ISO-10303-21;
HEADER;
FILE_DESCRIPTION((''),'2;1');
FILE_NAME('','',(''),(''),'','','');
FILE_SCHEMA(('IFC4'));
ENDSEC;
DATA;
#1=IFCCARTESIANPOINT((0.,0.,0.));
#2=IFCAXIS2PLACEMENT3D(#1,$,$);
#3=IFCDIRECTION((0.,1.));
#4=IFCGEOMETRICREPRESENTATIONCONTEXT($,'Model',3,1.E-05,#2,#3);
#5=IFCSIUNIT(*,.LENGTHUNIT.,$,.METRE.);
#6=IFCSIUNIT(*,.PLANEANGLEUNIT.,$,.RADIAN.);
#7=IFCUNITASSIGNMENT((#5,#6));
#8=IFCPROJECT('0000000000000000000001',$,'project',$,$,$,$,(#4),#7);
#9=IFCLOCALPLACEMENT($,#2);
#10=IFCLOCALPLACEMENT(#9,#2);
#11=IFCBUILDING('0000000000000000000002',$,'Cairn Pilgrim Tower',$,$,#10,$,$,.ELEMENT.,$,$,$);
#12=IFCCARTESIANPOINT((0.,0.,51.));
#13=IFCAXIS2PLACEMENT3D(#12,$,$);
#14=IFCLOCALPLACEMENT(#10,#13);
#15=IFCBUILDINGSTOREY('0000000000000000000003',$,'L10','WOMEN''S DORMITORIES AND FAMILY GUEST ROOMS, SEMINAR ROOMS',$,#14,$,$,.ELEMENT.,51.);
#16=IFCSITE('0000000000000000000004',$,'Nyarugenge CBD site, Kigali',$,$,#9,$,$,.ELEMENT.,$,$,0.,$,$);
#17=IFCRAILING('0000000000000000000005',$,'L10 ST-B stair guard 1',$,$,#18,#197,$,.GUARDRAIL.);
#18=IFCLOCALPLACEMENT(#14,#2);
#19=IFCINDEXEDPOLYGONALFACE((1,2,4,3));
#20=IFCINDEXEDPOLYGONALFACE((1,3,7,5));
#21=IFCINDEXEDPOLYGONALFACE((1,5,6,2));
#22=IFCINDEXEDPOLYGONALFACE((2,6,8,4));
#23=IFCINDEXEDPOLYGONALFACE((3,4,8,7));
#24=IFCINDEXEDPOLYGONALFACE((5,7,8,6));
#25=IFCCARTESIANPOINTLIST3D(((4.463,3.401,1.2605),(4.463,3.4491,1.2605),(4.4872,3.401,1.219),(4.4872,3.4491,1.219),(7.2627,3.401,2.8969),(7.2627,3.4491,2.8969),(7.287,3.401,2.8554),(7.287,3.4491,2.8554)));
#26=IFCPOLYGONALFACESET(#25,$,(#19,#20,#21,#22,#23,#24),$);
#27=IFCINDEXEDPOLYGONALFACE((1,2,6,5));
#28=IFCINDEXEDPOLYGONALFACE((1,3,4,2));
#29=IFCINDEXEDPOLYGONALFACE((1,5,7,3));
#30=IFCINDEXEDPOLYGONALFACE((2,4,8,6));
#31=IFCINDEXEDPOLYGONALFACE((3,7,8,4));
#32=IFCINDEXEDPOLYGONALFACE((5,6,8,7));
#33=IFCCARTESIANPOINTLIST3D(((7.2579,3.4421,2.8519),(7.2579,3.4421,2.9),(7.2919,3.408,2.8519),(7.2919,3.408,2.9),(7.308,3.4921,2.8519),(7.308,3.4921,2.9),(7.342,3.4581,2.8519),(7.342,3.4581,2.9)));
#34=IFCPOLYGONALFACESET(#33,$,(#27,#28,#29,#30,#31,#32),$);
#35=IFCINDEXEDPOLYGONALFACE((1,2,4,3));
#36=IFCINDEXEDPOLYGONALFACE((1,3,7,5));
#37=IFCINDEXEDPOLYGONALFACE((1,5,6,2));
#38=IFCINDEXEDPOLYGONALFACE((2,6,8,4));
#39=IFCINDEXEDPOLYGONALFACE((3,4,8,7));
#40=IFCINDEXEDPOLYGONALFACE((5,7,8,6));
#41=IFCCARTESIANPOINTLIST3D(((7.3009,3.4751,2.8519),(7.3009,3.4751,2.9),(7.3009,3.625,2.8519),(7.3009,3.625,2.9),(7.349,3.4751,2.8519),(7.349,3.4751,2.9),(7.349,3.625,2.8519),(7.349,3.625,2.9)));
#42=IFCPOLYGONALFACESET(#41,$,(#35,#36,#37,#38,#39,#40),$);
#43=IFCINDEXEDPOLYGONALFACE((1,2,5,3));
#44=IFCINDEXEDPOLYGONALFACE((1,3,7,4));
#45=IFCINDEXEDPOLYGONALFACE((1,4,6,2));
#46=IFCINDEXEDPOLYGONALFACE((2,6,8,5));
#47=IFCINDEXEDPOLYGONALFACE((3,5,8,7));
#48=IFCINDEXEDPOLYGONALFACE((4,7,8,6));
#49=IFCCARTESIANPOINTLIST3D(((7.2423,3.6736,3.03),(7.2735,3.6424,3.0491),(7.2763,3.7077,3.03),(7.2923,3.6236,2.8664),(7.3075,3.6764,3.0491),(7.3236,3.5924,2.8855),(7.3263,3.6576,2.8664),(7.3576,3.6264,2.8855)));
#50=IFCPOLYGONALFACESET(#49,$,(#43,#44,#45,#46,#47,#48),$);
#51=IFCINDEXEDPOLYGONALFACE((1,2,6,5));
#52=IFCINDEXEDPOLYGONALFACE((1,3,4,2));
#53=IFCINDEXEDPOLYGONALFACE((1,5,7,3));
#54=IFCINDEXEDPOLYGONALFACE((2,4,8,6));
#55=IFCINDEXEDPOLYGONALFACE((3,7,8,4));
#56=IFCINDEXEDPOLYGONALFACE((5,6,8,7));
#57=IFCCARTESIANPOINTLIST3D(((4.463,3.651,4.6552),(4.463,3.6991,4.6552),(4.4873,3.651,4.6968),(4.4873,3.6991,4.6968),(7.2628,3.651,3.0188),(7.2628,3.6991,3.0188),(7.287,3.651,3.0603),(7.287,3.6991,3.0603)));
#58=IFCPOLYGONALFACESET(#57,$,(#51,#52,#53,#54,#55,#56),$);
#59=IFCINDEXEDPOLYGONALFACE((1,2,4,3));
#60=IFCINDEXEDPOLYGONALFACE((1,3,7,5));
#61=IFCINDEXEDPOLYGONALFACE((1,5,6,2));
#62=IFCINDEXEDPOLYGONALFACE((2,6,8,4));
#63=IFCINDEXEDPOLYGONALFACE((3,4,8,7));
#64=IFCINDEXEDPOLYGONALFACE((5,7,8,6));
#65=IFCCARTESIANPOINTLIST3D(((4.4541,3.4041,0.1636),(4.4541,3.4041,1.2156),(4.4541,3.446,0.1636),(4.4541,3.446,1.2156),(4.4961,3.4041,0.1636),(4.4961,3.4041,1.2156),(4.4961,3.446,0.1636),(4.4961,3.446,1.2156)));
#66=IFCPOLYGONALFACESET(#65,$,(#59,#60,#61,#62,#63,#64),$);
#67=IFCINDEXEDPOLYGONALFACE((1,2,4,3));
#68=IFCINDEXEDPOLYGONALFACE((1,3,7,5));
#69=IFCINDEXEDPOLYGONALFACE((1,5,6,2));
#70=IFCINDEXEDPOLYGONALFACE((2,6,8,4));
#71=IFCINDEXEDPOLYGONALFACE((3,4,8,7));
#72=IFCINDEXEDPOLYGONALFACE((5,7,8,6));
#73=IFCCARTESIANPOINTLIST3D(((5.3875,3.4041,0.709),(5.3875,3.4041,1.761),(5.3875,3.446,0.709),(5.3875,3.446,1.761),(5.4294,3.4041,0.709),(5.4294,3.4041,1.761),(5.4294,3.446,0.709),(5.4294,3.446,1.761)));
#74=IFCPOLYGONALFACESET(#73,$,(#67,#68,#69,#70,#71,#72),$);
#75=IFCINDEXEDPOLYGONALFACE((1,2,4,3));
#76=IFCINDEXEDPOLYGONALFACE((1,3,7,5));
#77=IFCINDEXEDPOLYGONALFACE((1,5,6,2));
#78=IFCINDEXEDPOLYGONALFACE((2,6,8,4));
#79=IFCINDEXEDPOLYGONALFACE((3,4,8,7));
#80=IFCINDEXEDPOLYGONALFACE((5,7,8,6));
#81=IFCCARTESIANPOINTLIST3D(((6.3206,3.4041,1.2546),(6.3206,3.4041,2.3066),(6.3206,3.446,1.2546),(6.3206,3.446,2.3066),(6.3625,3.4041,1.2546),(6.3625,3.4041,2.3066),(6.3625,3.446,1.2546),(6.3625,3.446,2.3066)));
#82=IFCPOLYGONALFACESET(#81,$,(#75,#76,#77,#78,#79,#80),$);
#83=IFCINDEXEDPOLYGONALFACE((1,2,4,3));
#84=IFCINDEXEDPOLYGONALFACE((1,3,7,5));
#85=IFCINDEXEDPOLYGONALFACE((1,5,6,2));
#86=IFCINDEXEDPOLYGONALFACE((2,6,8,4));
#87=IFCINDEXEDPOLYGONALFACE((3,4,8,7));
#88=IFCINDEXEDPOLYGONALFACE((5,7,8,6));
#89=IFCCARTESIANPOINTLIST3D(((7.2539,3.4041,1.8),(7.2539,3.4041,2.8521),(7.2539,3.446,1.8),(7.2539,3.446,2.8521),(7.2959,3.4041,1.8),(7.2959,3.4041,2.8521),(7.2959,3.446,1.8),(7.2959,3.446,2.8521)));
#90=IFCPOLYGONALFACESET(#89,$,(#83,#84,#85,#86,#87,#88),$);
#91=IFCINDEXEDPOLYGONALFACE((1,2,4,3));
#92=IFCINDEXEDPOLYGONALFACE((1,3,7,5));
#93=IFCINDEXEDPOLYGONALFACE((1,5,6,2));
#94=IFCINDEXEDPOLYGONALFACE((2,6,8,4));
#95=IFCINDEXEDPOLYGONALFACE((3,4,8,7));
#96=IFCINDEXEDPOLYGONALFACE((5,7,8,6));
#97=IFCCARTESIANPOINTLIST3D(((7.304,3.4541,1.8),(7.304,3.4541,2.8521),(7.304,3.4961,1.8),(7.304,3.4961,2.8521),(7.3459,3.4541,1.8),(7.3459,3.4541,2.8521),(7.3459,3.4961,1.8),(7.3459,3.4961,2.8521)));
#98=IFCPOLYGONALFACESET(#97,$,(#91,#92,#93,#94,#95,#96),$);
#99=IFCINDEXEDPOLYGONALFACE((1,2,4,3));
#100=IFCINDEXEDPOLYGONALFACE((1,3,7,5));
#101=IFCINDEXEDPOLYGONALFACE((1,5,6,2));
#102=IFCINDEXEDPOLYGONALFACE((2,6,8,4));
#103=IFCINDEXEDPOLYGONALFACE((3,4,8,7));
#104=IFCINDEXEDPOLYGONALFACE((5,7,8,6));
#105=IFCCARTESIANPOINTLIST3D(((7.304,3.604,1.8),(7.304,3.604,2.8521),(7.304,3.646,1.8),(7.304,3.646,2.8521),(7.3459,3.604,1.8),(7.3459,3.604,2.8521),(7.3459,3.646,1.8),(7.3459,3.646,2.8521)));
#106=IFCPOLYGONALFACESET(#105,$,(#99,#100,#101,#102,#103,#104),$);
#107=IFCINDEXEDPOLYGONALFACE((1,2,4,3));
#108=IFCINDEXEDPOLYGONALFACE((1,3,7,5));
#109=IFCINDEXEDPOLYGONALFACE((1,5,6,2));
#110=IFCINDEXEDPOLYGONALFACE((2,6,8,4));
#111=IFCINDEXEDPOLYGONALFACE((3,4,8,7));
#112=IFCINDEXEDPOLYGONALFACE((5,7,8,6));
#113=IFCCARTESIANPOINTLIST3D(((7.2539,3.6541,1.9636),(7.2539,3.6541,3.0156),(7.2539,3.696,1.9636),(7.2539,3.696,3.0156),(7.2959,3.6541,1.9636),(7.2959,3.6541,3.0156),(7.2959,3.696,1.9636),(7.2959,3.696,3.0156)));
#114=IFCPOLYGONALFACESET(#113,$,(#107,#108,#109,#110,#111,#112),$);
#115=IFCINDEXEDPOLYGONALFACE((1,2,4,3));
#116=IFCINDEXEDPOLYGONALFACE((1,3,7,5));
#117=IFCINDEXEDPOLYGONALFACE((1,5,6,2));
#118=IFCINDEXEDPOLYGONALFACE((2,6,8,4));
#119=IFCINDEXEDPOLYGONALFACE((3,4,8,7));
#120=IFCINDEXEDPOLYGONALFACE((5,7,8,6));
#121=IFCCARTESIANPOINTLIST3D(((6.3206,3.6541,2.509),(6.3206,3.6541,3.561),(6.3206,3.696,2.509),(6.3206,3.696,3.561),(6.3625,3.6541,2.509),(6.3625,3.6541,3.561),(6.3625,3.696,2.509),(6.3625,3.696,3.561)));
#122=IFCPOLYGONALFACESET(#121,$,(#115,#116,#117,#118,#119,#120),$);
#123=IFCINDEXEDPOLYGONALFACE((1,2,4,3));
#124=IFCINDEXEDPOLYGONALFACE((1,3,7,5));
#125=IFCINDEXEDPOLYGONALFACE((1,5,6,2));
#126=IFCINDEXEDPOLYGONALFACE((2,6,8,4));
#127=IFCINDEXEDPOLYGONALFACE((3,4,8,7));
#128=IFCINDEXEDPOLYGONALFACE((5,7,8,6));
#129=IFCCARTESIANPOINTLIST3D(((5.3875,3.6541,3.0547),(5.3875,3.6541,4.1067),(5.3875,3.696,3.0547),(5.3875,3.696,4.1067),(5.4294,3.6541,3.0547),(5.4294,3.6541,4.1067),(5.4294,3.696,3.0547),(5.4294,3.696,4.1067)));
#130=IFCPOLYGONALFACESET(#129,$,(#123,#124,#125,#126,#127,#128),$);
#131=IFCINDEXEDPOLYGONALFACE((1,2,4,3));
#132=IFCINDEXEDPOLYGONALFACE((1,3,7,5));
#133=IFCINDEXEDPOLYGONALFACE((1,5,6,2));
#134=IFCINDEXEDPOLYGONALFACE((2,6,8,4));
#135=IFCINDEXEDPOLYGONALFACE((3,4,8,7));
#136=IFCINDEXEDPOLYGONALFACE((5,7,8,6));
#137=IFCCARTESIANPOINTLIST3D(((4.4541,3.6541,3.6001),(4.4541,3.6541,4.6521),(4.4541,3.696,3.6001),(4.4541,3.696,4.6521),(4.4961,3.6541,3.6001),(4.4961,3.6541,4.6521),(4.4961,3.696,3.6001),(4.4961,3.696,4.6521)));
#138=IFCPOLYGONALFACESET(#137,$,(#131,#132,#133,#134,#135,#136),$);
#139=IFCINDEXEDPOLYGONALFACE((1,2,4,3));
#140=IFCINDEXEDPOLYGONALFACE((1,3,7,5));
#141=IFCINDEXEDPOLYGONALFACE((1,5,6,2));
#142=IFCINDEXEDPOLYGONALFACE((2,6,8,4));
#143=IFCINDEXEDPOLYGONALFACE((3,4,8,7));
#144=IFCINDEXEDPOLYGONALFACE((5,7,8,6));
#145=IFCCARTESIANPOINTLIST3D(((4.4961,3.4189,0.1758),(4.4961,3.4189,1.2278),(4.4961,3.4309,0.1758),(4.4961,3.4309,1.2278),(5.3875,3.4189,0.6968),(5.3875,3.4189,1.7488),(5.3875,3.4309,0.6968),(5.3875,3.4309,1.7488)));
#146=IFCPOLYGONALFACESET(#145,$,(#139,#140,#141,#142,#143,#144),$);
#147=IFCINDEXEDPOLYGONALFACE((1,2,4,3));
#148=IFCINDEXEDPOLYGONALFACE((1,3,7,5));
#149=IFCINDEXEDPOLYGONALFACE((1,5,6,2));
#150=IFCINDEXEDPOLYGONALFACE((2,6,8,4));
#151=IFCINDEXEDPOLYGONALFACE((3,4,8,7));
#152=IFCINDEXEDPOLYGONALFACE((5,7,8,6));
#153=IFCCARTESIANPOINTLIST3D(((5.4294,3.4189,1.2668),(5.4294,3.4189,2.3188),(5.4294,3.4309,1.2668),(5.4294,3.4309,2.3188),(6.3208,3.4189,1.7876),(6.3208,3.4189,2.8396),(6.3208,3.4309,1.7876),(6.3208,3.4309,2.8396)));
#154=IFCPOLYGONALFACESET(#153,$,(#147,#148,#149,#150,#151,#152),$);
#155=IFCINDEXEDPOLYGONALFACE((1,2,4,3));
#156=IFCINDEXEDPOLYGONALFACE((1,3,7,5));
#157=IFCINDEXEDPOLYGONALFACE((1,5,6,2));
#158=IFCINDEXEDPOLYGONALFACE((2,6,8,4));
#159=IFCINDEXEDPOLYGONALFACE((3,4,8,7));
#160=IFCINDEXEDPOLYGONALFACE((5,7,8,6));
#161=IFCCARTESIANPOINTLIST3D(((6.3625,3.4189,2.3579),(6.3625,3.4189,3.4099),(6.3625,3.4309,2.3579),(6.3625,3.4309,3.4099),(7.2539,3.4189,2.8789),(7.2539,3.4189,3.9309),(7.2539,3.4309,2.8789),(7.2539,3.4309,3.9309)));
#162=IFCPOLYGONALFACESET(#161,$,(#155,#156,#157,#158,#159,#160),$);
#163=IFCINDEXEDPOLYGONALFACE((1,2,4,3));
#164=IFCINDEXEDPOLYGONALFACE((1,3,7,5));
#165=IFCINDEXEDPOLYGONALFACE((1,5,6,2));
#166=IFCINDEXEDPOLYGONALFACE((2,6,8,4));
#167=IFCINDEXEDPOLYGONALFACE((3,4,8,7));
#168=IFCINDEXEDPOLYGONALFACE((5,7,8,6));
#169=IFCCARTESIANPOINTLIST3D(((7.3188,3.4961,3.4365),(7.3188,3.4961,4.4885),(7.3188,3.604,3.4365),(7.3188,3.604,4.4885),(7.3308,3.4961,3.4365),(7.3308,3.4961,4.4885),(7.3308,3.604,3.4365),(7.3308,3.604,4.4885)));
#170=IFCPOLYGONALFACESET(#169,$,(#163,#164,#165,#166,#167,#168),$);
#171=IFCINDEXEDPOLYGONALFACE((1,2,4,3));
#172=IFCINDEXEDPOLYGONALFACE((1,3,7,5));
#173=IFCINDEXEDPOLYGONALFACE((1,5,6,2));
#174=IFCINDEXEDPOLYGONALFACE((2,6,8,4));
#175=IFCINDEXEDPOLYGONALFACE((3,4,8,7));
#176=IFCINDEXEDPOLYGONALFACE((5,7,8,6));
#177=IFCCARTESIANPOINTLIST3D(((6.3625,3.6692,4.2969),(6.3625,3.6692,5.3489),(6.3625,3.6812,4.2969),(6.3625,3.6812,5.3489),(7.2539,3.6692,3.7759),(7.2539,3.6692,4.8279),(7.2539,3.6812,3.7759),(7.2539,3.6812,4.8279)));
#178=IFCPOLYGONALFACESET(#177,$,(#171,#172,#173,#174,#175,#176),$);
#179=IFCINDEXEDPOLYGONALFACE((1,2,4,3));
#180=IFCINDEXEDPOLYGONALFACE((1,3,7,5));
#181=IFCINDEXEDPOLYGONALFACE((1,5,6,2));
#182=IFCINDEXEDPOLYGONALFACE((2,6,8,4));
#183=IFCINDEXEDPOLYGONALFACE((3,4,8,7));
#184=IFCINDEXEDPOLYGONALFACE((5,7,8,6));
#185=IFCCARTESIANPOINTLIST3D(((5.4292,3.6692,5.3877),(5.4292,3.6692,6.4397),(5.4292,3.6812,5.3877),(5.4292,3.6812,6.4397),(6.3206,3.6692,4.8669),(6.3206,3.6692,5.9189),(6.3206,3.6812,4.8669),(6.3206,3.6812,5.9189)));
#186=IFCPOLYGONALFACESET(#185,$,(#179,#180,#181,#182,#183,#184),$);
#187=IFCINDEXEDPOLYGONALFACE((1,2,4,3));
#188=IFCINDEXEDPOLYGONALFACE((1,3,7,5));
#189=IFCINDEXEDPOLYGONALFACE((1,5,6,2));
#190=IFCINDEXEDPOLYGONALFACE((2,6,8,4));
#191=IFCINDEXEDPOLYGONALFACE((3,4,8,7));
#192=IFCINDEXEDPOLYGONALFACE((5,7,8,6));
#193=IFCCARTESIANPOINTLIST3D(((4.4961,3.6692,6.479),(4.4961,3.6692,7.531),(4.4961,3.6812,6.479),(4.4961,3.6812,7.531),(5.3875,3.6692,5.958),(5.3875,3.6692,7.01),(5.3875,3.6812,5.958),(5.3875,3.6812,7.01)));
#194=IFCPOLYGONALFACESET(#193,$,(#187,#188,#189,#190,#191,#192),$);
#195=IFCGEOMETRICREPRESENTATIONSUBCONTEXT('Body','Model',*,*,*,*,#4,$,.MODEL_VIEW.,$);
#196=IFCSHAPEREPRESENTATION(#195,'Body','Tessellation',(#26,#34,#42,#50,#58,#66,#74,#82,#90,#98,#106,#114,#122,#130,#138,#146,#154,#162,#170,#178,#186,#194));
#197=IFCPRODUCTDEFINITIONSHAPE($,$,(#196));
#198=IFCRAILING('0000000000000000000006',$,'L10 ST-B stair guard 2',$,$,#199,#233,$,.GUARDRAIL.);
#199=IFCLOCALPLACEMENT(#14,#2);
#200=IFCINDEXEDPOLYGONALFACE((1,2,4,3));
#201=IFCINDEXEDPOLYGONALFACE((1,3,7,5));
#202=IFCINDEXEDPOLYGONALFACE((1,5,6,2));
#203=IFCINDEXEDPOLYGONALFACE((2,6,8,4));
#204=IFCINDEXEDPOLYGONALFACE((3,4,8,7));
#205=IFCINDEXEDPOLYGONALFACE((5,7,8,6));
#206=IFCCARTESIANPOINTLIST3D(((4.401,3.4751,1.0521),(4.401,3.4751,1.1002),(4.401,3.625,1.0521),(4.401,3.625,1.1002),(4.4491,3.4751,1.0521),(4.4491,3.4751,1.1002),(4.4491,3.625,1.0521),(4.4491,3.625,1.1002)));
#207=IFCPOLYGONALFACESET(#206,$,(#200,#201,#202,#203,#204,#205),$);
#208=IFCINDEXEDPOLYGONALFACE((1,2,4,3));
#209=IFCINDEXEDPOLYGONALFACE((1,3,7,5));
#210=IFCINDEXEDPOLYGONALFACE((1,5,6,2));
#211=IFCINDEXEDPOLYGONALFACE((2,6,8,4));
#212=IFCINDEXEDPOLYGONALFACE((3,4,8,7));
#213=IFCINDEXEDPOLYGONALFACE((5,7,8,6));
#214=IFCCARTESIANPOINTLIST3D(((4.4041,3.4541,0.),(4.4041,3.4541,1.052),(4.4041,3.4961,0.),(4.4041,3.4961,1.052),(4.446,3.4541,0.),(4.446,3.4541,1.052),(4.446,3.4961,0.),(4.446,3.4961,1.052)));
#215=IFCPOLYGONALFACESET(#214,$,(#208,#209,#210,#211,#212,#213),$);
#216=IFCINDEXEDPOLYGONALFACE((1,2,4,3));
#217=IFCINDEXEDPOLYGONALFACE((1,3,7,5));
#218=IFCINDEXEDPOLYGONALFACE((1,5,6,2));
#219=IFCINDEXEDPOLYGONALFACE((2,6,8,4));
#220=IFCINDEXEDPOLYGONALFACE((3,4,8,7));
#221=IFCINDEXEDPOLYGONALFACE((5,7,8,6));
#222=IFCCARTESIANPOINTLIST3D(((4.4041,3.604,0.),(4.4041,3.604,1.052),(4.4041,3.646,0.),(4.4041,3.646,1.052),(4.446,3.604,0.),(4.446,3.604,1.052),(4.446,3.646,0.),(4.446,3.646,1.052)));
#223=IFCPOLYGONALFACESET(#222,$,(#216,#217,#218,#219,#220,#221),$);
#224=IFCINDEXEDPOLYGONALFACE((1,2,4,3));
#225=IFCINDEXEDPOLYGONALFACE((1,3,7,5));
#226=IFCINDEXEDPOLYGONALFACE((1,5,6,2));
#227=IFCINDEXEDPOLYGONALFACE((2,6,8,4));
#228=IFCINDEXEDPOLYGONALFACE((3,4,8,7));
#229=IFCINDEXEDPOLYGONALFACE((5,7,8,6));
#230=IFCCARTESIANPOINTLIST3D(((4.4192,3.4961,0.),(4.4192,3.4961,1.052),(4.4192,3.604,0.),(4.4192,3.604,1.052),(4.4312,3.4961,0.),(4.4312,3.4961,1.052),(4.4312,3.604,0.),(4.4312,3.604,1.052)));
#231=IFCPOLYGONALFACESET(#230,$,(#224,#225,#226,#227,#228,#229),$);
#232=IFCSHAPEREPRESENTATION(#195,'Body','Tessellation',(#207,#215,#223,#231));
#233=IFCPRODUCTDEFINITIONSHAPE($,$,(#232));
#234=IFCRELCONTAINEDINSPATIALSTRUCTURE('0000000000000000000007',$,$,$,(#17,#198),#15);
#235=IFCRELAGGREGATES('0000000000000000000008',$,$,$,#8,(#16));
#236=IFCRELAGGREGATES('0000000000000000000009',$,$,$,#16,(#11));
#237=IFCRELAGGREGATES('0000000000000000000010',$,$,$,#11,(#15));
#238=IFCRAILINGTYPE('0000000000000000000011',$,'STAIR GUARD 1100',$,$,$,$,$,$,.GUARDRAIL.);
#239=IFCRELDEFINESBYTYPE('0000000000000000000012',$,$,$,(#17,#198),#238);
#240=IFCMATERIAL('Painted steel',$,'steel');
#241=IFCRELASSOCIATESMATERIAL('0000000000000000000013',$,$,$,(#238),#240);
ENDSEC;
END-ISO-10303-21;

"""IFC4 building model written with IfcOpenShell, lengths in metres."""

from ifc_helpers import new_model, si_unit, direction, frame, origin, origin_2d, place, context, subcontext, project, spatial, polyline, rectangle, outline, extrude, material, type_object, element, save


model = new_model("IFC4")

# Units and contexts
model_context = context("Model", 3, precision=1e-05, world=origin(), true_north=direction((0.0, 1.0)))
body_context = subcontext(model_context, "Body", "Model", "MODEL_VIEW")
ifc_project = project(units=[si_unit("LENGTHUNIT", "METRE"), si_unit("PLANEANGLEUNIT", "RADIAN")], contexts=[model_context])

# Site, building, storey
site_placement = place(None, origin())
site = spatial("IfcSite", under=ifc_project, at=site_placement, Name="Nyarugenge CBD site, Kigali", CompositionType="ELEMENT", RefElevation=0.0)
building_placement = place(site_placement, origin())
building = spatial("IfcBuilding", under=site, at=building_placement, Name="Cairn Pilgrim Tower", CompositionType="ELEMENT")
storey_placement = place(building_placement, frame((0.0, 0.0, 51.0)))
storey = spatial("IfcBuildingStorey", under=building, at=storey_placement, Name="L10", Description="WOMEN'S DORMITORIES AND FAMILY GUEST ROOMS, SEMINAR ROOMS", CompositionType="ELEMENT", Elevation=51.0)

# Shared definitions
ifc_material_1 = material(Name="Painted steel", Category="steel")

# Railings
railing_type_1 = type_object("IfcRailingType", Name="STAIR GUARD 1100", PredefinedType="GUARDRAIL", material=ifc_material_1)
railing_1_placement = place(storey_placement, frame((4.4751, 3.425, 0.1636)))
element("IfcRailing", 1, at=railing_1_placement, inside=storey, type_object=railing_type_1, Name="L10 ST-B stair guard 1", PredefinedType="GUARDRAIL", context=body_context, shape_type="SweptSolid", body=[
    extrude(rectangle(XDim=0.0481, YDim=0.0481, at=origin_2d()), frame((0.0, 0.0, 1.0762), z_axis=(0.863342, 0.0, 0.50462), x_axis=(0.0, 1.0, 0.0)), (0.0, 0.0, 1.0), 3.2429),
    extrude(rectangle(XDim=0.0481, YDim=0.0481, at=origin_2d()), frame((2.7998, 0.0, 2.7124), z_axis=(0.707107, 0.707107, 0.0), x_axis=(-0.707107, 0.707107, 0.0)), (0.0, 0.0, 1.0), 0.0708),
    extrude(rectangle(XDim=0.0481, YDim=0.0481, at=origin_2d()), frame((2.8499, 0.05, 2.7124), z_axis=(0.0, 1.0, 0.0), x_axis=(-1.0, 0.0, 0.0)), (0.0, 0.0, 1.0), 0.1499),
    extrude(rectangle(XDim=0.0481, YDim=0.0481, at=origin_2d()), frame((2.8499, 0.2, 2.7124), z_axis=(-0.280809, 0.280809, 0.917765), x_axis=(-0.707107, -0.707107, 0.0)), (0.0, 0.0, 1.0), 0.1782),
    extrude(rectangle(XDim=0.0481, YDim=0.0481, at=origin_2d()), frame((2.7998, 0.25, 2.876), z_axis=(-0.863342, 0.0, 0.50462), x_axis=(0.0, -1.0, 0.0)), (0.0, 0.0, 1.0), 3.2429),
    extrude(rectangle(XDim=0.042, YDim=0.042, at=origin_2d()), origin(), (0.0, 0.0, 1.0), 1.052),
    extrude(rectangle(XDim=0.042, YDim=0.042, at=origin_2d()), frame((0.9333, 0.0, 0.5454)), (0.0, 0.0, 1.0), 1.052),
    extrude(rectangle(XDim=0.042, YDim=0.042, at=origin_2d()), frame((1.8665, 0.0, 1.0911)), (0.0, 0.0, 1.0), 1.052),
    extrude(rectangle(XDim=0.042, YDim=0.042, at=origin_2d()), frame((2.7998, 0.0, 1.6365)), (0.0, 0.0, 1.0), 1.052),
    extrude(rectangle(XDim=0.042, YDim=0.042, at=origin_2d()), frame((2.8499, 0.05, 1.6365)), (0.0, 0.0, 1.0), 1.052),
    extrude(rectangle(XDim=0.042, YDim=0.042, at=origin_2d()), frame((2.8499, 0.2, 1.6365)), (0.0, 0.0, 1.0), 1.052),
    extrude(rectangle(XDim=0.042, YDim=0.042, at=origin_2d()), frame((2.7998, 0.25, 1.8)), (0.0, 0.0, 1.0), 1.052),
    extrude(rectangle(XDim=0.042, YDim=0.042, at=origin_2d()), frame((1.8665, 0.25, 2.3455)), (0.0, 0.0, 1.0), 1.052),
    extrude(rectangle(XDim=0.042, YDim=0.042, at=origin_2d()), frame((0.9333, 0.25, 2.8911)), (0.0, 0.0, 1.0), 1.052),
    extrude(rectangle(XDim=0.042, YDim=0.042, at=origin_2d()), frame((0.0, 0.25, 3.4365)), (0.0, 0.0, 1.0), 1.052),
    extrude(outline(polyline([(0.021, 0.0122), (0.9124, 0.5332), (0.9124, 1.5852), (0.021, 1.0642), (0.021, 0.0122)])), frame((0.0, 0.0059, 0.0), z_axis=(0.0, -1.0, 0.0), x_axis=(1.0, 0.0, 0.0)), (0.0, 0.0, 1.0), 0.012),
    extrude(outline(polyline([(0.021, 0.5579), (0.9124, 1.0786), (0.9124, 2.1306), (0.021, 1.6099), (0.021, 0.5579)])), frame((0.9333, 0.0059, 0.5454), z_axis=(0.0, -1.0, 0.0), x_axis=(1.0, 0.0, 0.0)), (0.0, 0.0, 1.0), 0.012),
    extrude(outline(polyline([(0.021, 1.1033), (0.9124, 1.6243), (0.9124, 2.6763), (0.021, 2.1553), (0.021, 1.1033)])), frame((1.8665, 0.0059, 1.0911), z_axis=(0.0, -1.0, 0.0), x_axis=(1.0, 0.0, 0.0)), (0.0, 0.0, 1.0), 0.012),
    extrude(outline(polyline([(0.021, 1.6365), (0.1289, 1.6365), (0.1289, 2.6885), (0.021, 2.6885), (0.021, 1.6365)])), frame((2.8438, 0.05, 1.6365), z_axis=(1.0, 0.0, 0.0), x_axis=(0.0, 1.0, 0.0)), (0.0, 0.0, 1.0), 0.012),
    extrude(outline(polyline([(0.021, 1.8123), (0.9124, 2.3333), (0.9124, 3.3853), (0.021, 2.8643), (0.021, 1.8123)])), frame((2.7998, 0.2441, 1.8), z_axis=(0.0, 1.0, 0.0), x_axis=(-1.0, 0.0, 0.0)), (0.0, 0.0, 1.0), 0.012),
    extrude(outline(polyline([(0.021, 2.3579), (0.9124, 2.8787), (0.9124, 3.9307), (0.021, 3.4099), (0.021, 2.3579)])), frame((1.8665, 0.2441, 2.3455), z_axis=(0.0, 1.0, 0.0), x_axis=(-1.0, 0.0, 0.0)), (0.0, 0.0, 1.0), 0.012),
    extrude(outline(polyline([(0.021, 2.9033), (0.9124, 3.4243), (0.9124, 4.4763), (0.021, 3.9553), (0.021, 2.9033)])), frame((0.9333, 0.2441, 2.8911), z_axis=(0.0, 1.0, 0.0), x_axis=(-1.0, 0.0, 0.0)), (0.0, 0.0, 1.0), 0.012),
])
railing_2_placement = place(storey_placement, frame((4.425, 3.4751, 0.0)))
element("IfcRailing", 2, at=railing_2_placement, inside=storey, type_object=railing_type_1, Name="L10 ST-B stair guard 2", PredefinedType="GUARDRAIL", context=body_context, shape_type="SweptSolid", body=[
    extrude(rectangle(XDim=0.0481, YDim=0.0481, at=origin_2d()), frame((0.0, 0.0, 1.0762), z_axis=(0.0, 1.0, 0.0), x_axis=(-1.0, 0.0, 0.0)), (0.0, 0.0, 1.0), 0.1499),
    extrude(rectangle(XDim=0.042, YDim=0.042, at=origin_2d()), origin(), (0.0, 0.0, 1.0), 1.052),
    extrude(rectangle(XDim=0.042, YDim=0.042, at=origin_2d()), frame((0.0, 0.1499, 0.0)), (0.0, 0.0, 1.0), 1.052),
    extrude(outline(polyline([(0.021, 0.0), (0.1289, 0.0), (0.1289, 1.052), (0.021, 1.052), (0.021, 0.0)])), frame((-0.0059, 0.0, 0.0), z_axis=(1.0, 0.0, 0.0), x_axis=(0.0, 1.0, 0.0)), (0.0, 0.0, 1.0), 0.012),
])

save(model, "model.ifc")
